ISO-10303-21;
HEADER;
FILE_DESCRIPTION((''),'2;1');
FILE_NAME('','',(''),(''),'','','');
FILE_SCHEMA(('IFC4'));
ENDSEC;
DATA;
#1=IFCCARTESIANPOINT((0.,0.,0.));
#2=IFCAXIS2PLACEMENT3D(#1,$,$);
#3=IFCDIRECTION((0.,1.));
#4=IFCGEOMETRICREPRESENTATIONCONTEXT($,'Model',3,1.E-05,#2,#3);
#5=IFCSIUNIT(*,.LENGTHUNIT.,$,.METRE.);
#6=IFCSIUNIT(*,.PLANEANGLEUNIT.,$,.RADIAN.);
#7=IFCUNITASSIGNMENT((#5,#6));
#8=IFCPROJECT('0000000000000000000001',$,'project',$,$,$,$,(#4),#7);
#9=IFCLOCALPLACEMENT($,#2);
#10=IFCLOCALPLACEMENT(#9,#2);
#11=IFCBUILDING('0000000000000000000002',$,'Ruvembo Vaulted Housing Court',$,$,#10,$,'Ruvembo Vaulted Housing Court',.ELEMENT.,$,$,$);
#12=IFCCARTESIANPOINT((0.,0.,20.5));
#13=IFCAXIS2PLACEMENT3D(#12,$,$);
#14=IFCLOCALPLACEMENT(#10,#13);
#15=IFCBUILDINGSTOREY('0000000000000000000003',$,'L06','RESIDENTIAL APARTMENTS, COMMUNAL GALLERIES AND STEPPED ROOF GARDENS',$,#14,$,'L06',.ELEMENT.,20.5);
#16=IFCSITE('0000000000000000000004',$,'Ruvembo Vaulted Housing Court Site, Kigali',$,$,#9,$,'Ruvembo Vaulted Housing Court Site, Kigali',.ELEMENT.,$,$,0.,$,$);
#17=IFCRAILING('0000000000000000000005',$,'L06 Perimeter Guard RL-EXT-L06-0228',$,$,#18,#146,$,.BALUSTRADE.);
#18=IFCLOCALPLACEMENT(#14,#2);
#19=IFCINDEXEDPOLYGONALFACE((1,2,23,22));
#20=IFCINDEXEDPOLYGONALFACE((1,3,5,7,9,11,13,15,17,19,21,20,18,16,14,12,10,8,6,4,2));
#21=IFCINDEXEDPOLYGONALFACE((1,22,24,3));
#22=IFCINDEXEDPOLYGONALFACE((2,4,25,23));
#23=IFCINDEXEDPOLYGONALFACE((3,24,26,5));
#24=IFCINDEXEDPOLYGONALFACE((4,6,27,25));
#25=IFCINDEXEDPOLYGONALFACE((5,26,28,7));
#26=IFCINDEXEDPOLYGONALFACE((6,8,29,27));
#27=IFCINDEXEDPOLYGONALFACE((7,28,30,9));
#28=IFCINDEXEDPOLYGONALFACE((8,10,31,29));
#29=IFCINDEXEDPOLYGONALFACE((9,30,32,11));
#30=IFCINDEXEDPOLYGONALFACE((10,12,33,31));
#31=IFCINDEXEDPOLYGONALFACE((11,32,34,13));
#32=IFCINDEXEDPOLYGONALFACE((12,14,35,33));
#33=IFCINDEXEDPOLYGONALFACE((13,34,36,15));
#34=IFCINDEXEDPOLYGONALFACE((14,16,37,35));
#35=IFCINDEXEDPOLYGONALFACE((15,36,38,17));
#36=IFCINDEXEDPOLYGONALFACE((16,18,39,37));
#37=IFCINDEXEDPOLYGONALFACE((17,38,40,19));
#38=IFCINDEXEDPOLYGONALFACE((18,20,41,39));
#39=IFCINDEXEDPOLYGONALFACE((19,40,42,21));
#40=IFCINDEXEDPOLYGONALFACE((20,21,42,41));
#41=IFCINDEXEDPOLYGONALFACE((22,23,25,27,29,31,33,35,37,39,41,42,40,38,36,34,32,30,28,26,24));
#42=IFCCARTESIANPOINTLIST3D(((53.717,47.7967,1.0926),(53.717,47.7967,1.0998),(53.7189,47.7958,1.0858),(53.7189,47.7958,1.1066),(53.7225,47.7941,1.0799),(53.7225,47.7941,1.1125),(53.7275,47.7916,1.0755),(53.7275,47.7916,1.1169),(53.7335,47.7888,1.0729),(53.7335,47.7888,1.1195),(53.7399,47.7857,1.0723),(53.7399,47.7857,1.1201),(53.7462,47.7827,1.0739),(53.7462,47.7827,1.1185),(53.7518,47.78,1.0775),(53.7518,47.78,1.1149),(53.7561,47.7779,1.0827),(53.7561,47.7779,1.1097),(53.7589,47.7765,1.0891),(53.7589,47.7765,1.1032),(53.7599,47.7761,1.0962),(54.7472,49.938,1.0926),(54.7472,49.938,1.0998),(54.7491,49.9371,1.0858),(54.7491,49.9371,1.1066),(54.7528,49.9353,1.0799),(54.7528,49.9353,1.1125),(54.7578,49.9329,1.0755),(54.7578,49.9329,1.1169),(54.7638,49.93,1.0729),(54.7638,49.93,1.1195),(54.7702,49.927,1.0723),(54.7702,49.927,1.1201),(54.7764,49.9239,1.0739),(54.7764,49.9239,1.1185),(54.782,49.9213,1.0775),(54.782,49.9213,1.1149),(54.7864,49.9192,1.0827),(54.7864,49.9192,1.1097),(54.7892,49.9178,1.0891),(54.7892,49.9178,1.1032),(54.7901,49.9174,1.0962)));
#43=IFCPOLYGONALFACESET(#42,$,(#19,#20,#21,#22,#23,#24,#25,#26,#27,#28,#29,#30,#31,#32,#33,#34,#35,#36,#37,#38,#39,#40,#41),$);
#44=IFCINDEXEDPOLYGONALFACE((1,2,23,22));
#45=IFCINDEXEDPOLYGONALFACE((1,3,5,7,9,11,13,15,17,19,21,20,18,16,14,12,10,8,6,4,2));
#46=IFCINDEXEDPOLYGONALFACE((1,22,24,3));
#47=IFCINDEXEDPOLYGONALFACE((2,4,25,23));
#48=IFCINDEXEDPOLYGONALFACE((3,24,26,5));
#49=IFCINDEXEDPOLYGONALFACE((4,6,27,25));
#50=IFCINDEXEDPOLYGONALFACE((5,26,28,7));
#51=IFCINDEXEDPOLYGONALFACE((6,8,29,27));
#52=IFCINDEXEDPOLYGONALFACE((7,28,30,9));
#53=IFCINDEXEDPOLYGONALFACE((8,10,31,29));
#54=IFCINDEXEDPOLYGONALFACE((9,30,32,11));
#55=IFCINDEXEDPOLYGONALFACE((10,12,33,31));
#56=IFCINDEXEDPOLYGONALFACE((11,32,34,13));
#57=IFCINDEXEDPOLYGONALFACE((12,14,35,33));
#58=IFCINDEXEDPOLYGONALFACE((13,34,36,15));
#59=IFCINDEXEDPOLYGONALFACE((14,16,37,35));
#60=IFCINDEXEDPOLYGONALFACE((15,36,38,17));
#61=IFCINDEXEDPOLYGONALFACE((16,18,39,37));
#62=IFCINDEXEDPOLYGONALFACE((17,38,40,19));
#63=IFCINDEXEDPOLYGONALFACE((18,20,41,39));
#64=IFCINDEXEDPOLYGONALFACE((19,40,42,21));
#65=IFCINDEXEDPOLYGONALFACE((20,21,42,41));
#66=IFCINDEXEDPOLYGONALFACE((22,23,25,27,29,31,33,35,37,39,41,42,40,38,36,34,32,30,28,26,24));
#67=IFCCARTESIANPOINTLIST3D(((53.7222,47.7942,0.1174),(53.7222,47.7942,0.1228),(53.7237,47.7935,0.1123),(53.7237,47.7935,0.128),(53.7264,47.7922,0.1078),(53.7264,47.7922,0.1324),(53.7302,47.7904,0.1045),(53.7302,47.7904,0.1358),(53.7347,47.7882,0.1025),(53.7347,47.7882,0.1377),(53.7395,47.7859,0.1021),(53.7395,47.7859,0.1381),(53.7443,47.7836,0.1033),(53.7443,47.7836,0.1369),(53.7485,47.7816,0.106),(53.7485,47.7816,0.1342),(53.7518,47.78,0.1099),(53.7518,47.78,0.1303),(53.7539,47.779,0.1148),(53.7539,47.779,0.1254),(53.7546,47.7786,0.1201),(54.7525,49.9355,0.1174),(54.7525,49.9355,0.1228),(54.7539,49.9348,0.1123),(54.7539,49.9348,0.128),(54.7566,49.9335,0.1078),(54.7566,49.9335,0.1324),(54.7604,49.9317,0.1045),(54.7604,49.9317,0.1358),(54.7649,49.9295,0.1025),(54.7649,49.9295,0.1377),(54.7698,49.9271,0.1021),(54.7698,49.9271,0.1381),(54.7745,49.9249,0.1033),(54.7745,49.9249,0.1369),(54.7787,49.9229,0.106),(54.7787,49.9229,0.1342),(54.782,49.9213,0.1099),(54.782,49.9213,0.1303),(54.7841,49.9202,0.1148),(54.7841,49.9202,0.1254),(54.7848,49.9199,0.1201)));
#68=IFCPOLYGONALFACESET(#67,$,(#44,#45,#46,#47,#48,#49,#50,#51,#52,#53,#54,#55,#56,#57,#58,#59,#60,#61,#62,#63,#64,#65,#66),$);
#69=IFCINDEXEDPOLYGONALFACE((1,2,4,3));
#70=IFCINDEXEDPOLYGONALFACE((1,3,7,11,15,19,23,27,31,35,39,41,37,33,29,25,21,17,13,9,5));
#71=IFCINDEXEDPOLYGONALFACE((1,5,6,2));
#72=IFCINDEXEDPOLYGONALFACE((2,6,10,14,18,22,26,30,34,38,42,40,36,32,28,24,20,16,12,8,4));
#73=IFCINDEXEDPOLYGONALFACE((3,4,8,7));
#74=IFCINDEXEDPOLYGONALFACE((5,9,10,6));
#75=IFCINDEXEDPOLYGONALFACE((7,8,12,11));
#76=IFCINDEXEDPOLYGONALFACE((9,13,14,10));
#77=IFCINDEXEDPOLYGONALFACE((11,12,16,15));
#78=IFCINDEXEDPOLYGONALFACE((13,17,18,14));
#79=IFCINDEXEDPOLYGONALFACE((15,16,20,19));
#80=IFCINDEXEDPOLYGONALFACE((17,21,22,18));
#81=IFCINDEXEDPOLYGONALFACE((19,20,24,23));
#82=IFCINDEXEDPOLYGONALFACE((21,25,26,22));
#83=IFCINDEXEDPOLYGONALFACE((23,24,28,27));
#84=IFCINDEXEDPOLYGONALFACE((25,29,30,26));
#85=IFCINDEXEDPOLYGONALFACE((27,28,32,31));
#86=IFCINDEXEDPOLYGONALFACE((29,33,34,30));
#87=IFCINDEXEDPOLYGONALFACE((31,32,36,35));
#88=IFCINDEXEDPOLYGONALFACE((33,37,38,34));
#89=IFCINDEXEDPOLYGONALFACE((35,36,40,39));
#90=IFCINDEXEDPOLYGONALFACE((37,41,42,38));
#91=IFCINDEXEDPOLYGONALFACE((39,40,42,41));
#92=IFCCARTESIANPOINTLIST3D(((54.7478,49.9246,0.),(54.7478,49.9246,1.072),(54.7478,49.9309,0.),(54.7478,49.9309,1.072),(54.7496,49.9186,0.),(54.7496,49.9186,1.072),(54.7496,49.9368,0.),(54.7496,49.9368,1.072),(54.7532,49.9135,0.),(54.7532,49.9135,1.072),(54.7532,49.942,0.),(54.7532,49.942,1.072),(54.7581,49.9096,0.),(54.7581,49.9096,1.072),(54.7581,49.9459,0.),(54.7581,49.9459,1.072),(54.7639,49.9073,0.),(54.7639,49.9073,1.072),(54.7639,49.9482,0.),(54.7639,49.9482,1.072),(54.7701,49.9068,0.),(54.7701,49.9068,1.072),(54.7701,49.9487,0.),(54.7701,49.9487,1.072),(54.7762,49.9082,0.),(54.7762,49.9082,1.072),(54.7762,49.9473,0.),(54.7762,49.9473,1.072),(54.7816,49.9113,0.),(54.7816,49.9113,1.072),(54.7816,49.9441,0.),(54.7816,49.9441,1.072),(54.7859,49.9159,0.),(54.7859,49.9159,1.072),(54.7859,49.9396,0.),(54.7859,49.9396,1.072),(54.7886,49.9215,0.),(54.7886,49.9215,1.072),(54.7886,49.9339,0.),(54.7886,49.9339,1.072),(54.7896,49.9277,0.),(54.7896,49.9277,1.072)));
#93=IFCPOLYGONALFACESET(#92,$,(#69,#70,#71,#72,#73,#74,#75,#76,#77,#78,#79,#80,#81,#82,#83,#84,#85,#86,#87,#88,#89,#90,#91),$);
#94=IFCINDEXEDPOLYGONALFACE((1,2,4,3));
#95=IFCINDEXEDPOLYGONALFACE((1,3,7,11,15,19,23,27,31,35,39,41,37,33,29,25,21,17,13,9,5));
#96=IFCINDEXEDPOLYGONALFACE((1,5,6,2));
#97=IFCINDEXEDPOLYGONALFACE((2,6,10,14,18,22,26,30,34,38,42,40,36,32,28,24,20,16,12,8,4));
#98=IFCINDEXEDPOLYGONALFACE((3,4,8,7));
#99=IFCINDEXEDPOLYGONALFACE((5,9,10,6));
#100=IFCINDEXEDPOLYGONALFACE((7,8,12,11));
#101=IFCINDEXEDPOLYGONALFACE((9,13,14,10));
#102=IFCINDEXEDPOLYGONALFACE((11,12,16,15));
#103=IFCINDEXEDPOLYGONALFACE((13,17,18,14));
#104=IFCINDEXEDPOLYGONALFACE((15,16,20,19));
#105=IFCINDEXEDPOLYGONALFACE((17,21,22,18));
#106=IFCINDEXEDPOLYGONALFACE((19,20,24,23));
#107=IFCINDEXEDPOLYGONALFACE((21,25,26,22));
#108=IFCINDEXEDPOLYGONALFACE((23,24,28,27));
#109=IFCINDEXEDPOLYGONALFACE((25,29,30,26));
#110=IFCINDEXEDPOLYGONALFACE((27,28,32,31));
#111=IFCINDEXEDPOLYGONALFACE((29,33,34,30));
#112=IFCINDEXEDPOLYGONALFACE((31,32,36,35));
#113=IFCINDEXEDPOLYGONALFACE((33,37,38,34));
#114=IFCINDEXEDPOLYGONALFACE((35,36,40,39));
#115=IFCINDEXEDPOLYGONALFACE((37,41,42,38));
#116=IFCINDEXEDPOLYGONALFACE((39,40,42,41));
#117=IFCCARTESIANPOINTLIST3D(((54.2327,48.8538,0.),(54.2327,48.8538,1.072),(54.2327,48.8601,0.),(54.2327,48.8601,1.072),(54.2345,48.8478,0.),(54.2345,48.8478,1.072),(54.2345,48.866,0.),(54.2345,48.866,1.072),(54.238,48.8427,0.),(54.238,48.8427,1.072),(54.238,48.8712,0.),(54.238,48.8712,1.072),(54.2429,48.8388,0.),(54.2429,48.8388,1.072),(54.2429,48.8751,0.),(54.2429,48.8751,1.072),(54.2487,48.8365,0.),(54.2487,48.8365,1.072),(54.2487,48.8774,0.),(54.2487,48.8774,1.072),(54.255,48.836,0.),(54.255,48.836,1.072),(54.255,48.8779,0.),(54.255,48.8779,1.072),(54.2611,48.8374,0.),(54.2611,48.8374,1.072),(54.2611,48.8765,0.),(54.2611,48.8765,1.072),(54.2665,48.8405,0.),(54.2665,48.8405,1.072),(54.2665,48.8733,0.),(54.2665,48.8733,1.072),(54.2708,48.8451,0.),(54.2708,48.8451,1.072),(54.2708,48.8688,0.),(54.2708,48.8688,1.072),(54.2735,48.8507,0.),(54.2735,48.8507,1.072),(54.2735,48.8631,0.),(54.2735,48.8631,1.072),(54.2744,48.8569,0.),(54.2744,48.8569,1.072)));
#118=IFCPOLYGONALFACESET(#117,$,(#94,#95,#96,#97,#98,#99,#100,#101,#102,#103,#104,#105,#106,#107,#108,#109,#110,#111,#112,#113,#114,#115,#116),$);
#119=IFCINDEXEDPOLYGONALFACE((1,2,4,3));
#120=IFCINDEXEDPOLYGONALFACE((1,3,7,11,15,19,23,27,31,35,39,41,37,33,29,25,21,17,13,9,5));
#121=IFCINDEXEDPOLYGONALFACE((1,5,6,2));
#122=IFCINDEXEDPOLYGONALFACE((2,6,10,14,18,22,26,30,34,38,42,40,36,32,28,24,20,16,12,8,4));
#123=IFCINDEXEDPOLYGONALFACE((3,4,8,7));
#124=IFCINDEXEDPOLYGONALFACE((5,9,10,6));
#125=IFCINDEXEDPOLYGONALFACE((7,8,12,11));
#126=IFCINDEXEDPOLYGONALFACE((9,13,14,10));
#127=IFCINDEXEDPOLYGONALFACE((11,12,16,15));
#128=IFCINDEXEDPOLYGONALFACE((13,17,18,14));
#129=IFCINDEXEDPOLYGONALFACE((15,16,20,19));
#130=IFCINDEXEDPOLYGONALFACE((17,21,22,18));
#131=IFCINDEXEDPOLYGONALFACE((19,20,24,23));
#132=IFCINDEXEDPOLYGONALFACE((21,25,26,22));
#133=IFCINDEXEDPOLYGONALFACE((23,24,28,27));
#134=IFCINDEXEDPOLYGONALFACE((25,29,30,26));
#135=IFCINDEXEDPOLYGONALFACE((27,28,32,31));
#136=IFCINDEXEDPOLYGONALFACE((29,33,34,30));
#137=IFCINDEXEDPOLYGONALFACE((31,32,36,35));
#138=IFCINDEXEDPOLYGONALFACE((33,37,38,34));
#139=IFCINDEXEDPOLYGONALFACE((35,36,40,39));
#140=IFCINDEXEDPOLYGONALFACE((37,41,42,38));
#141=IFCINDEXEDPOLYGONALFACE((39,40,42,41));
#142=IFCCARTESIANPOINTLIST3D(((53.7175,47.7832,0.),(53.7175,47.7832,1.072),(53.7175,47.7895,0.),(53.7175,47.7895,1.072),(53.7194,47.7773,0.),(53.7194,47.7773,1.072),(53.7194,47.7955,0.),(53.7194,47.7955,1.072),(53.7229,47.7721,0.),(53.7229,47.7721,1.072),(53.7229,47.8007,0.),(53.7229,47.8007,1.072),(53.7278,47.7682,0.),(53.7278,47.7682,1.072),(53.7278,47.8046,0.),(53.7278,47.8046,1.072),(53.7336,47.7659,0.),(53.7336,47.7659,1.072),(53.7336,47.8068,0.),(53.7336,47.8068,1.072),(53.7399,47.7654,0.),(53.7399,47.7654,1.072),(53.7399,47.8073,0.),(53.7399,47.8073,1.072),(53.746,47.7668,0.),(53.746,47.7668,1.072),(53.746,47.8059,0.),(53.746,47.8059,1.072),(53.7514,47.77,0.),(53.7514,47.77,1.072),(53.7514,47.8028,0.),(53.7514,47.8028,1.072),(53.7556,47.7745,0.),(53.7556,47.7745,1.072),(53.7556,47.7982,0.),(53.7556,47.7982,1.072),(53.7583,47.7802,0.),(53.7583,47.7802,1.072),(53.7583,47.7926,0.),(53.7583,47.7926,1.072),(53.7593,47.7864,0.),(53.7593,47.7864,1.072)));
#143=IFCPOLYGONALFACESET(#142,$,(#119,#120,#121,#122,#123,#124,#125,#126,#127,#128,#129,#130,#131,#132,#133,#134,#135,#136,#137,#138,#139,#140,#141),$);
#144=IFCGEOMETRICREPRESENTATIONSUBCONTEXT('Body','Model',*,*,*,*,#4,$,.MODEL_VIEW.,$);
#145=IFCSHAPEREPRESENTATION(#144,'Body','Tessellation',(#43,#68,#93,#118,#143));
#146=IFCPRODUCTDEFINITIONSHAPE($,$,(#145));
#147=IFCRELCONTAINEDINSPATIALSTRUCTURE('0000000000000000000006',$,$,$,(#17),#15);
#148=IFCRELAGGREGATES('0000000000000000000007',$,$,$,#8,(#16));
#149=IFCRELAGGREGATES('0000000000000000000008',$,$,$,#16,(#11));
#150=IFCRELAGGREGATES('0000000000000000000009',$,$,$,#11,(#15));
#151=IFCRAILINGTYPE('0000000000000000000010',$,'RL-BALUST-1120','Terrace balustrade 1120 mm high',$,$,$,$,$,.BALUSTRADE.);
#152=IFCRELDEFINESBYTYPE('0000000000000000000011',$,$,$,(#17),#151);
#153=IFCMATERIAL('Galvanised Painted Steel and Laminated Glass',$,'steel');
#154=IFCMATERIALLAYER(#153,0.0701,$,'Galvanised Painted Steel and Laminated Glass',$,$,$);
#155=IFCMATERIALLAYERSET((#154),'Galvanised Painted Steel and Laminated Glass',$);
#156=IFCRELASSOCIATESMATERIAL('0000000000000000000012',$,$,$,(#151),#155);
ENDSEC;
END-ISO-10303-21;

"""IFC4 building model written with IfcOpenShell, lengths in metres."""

from ifc_helpers import new_model, si_unit, direction, frame, origin, origin_2d, place, context, subcontext, project, spatial, circle, extrude, material, layer, layer_set, type_object, element, save


model = new_model("IFC4")

# Units and contexts
model_context = context("Model", 3, precision=1e-05, world=origin(), true_north=direction((0.0, 1.0)))
body_context = subcontext(model_context, "Body", "Model", "MODEL_VIEW")
ifc_project = project(units=[si_unit("LENGTHUNIT", "METRE"), si_unit("PLANEANGLEUNIT", "RADIAN")], contexts=[model_context])

# Site, building, storey
site_placement = place(None, origin())
site = spatial("IfcSite", under=ifc_project, at=site_placement, Name="Ruvembo Vaulted Housing Court Site, Kigali", LongName="Ruvembo Vaulted Housing Court Site, Kigali", CompositionType="ELEMENT", RefElevation=0.0)
building_placement = place(site_placement, origin())
building = spatial("IfcBuilding", under=site, at=building_placement, Name="Ruvembo Vaulted Housing Court", LongName="Ruvembo Vaulted Housing Court", CompositionType="ELEMENT")
storey_placement = place(building_placement, frame((0.0, 0.0, 20.5)))
storey = spatial("IfcBuildingStorey", under=building, at=storey_placement, Name="L06", Description="RESIDENTIAL APARTMENTS, COMMUNAL GALLERIES AND STEPPED ROOF GARDENS", LongName="L06", CompositionType="ELEMENT", Elevation=20.5)

# Railing
ifc_material_1 = material(Name="Galvanised Painted Steel and Laminated Glass", Category="steel")
ifc_layer = layer(ifc_material_1, 0.0701, Name="Galvanised Painted Steel and Laminated Glass")
ifc_layer_set = layer_set([ifc_layer], Name="Galvanised Painted Steel and Laminated Glass")
railing_type = type_object("IfcRailingType", Name="RL-BALUST-1120", Description="Terrace balustrade 1120 mm high", PredefinedType="BALUSTRADE", material=ifc_layer_set)
railing_1_placement = place(storey_placement, frame((54.7686, 49.9277, 0.0)))
element("IfcRailing", 1, at=railing_1_placement, inside=storey, type_object=railing_type, Name="L06 Perimeter Guard RL-EXT-L06-0228", PredefinedType="BALUSTRADE", context=body_context, shape_type="SweptSolid", body=[
    extrude(circle(Radius=0.0239, at=origin_2d()), frame((0.0, 0.0, 1.0962), z_axis=(-0.433559, -0.901125, 0.0), x_axis=(0.901125, -0.433559, 0.0)), (0.0, 0.0, 1.0), 2.3762),
    extrude(circle(Radius=0.0181, at=origin_2d()), frame((0.0, 0.0, 0.1201), z_axis=(-0.433559, -0.901125, 0.0), x_axis=(0.901125, -0.433559, 0.0)), (0.0, 0.0, 1.0), 2.3762),
    extrude(circle(Radius=0.021, at=origin_2d()), origin(), (0.0, 0.0, 1.0), 1.072),
    extrude(circle(Radius=0.021, at=origin_2d()), frame((-0.5151, -1.0708, 0.0)), (0.0, 0.0, 1.0), 1.072),
    extrude(circle(Radius=0.021, at=origin_2d()), frame((-1.0303, -2.1414, 0.0)), (0.0, 0.0, 1.0), 1.072),
])

save(model, "model.ifc")
